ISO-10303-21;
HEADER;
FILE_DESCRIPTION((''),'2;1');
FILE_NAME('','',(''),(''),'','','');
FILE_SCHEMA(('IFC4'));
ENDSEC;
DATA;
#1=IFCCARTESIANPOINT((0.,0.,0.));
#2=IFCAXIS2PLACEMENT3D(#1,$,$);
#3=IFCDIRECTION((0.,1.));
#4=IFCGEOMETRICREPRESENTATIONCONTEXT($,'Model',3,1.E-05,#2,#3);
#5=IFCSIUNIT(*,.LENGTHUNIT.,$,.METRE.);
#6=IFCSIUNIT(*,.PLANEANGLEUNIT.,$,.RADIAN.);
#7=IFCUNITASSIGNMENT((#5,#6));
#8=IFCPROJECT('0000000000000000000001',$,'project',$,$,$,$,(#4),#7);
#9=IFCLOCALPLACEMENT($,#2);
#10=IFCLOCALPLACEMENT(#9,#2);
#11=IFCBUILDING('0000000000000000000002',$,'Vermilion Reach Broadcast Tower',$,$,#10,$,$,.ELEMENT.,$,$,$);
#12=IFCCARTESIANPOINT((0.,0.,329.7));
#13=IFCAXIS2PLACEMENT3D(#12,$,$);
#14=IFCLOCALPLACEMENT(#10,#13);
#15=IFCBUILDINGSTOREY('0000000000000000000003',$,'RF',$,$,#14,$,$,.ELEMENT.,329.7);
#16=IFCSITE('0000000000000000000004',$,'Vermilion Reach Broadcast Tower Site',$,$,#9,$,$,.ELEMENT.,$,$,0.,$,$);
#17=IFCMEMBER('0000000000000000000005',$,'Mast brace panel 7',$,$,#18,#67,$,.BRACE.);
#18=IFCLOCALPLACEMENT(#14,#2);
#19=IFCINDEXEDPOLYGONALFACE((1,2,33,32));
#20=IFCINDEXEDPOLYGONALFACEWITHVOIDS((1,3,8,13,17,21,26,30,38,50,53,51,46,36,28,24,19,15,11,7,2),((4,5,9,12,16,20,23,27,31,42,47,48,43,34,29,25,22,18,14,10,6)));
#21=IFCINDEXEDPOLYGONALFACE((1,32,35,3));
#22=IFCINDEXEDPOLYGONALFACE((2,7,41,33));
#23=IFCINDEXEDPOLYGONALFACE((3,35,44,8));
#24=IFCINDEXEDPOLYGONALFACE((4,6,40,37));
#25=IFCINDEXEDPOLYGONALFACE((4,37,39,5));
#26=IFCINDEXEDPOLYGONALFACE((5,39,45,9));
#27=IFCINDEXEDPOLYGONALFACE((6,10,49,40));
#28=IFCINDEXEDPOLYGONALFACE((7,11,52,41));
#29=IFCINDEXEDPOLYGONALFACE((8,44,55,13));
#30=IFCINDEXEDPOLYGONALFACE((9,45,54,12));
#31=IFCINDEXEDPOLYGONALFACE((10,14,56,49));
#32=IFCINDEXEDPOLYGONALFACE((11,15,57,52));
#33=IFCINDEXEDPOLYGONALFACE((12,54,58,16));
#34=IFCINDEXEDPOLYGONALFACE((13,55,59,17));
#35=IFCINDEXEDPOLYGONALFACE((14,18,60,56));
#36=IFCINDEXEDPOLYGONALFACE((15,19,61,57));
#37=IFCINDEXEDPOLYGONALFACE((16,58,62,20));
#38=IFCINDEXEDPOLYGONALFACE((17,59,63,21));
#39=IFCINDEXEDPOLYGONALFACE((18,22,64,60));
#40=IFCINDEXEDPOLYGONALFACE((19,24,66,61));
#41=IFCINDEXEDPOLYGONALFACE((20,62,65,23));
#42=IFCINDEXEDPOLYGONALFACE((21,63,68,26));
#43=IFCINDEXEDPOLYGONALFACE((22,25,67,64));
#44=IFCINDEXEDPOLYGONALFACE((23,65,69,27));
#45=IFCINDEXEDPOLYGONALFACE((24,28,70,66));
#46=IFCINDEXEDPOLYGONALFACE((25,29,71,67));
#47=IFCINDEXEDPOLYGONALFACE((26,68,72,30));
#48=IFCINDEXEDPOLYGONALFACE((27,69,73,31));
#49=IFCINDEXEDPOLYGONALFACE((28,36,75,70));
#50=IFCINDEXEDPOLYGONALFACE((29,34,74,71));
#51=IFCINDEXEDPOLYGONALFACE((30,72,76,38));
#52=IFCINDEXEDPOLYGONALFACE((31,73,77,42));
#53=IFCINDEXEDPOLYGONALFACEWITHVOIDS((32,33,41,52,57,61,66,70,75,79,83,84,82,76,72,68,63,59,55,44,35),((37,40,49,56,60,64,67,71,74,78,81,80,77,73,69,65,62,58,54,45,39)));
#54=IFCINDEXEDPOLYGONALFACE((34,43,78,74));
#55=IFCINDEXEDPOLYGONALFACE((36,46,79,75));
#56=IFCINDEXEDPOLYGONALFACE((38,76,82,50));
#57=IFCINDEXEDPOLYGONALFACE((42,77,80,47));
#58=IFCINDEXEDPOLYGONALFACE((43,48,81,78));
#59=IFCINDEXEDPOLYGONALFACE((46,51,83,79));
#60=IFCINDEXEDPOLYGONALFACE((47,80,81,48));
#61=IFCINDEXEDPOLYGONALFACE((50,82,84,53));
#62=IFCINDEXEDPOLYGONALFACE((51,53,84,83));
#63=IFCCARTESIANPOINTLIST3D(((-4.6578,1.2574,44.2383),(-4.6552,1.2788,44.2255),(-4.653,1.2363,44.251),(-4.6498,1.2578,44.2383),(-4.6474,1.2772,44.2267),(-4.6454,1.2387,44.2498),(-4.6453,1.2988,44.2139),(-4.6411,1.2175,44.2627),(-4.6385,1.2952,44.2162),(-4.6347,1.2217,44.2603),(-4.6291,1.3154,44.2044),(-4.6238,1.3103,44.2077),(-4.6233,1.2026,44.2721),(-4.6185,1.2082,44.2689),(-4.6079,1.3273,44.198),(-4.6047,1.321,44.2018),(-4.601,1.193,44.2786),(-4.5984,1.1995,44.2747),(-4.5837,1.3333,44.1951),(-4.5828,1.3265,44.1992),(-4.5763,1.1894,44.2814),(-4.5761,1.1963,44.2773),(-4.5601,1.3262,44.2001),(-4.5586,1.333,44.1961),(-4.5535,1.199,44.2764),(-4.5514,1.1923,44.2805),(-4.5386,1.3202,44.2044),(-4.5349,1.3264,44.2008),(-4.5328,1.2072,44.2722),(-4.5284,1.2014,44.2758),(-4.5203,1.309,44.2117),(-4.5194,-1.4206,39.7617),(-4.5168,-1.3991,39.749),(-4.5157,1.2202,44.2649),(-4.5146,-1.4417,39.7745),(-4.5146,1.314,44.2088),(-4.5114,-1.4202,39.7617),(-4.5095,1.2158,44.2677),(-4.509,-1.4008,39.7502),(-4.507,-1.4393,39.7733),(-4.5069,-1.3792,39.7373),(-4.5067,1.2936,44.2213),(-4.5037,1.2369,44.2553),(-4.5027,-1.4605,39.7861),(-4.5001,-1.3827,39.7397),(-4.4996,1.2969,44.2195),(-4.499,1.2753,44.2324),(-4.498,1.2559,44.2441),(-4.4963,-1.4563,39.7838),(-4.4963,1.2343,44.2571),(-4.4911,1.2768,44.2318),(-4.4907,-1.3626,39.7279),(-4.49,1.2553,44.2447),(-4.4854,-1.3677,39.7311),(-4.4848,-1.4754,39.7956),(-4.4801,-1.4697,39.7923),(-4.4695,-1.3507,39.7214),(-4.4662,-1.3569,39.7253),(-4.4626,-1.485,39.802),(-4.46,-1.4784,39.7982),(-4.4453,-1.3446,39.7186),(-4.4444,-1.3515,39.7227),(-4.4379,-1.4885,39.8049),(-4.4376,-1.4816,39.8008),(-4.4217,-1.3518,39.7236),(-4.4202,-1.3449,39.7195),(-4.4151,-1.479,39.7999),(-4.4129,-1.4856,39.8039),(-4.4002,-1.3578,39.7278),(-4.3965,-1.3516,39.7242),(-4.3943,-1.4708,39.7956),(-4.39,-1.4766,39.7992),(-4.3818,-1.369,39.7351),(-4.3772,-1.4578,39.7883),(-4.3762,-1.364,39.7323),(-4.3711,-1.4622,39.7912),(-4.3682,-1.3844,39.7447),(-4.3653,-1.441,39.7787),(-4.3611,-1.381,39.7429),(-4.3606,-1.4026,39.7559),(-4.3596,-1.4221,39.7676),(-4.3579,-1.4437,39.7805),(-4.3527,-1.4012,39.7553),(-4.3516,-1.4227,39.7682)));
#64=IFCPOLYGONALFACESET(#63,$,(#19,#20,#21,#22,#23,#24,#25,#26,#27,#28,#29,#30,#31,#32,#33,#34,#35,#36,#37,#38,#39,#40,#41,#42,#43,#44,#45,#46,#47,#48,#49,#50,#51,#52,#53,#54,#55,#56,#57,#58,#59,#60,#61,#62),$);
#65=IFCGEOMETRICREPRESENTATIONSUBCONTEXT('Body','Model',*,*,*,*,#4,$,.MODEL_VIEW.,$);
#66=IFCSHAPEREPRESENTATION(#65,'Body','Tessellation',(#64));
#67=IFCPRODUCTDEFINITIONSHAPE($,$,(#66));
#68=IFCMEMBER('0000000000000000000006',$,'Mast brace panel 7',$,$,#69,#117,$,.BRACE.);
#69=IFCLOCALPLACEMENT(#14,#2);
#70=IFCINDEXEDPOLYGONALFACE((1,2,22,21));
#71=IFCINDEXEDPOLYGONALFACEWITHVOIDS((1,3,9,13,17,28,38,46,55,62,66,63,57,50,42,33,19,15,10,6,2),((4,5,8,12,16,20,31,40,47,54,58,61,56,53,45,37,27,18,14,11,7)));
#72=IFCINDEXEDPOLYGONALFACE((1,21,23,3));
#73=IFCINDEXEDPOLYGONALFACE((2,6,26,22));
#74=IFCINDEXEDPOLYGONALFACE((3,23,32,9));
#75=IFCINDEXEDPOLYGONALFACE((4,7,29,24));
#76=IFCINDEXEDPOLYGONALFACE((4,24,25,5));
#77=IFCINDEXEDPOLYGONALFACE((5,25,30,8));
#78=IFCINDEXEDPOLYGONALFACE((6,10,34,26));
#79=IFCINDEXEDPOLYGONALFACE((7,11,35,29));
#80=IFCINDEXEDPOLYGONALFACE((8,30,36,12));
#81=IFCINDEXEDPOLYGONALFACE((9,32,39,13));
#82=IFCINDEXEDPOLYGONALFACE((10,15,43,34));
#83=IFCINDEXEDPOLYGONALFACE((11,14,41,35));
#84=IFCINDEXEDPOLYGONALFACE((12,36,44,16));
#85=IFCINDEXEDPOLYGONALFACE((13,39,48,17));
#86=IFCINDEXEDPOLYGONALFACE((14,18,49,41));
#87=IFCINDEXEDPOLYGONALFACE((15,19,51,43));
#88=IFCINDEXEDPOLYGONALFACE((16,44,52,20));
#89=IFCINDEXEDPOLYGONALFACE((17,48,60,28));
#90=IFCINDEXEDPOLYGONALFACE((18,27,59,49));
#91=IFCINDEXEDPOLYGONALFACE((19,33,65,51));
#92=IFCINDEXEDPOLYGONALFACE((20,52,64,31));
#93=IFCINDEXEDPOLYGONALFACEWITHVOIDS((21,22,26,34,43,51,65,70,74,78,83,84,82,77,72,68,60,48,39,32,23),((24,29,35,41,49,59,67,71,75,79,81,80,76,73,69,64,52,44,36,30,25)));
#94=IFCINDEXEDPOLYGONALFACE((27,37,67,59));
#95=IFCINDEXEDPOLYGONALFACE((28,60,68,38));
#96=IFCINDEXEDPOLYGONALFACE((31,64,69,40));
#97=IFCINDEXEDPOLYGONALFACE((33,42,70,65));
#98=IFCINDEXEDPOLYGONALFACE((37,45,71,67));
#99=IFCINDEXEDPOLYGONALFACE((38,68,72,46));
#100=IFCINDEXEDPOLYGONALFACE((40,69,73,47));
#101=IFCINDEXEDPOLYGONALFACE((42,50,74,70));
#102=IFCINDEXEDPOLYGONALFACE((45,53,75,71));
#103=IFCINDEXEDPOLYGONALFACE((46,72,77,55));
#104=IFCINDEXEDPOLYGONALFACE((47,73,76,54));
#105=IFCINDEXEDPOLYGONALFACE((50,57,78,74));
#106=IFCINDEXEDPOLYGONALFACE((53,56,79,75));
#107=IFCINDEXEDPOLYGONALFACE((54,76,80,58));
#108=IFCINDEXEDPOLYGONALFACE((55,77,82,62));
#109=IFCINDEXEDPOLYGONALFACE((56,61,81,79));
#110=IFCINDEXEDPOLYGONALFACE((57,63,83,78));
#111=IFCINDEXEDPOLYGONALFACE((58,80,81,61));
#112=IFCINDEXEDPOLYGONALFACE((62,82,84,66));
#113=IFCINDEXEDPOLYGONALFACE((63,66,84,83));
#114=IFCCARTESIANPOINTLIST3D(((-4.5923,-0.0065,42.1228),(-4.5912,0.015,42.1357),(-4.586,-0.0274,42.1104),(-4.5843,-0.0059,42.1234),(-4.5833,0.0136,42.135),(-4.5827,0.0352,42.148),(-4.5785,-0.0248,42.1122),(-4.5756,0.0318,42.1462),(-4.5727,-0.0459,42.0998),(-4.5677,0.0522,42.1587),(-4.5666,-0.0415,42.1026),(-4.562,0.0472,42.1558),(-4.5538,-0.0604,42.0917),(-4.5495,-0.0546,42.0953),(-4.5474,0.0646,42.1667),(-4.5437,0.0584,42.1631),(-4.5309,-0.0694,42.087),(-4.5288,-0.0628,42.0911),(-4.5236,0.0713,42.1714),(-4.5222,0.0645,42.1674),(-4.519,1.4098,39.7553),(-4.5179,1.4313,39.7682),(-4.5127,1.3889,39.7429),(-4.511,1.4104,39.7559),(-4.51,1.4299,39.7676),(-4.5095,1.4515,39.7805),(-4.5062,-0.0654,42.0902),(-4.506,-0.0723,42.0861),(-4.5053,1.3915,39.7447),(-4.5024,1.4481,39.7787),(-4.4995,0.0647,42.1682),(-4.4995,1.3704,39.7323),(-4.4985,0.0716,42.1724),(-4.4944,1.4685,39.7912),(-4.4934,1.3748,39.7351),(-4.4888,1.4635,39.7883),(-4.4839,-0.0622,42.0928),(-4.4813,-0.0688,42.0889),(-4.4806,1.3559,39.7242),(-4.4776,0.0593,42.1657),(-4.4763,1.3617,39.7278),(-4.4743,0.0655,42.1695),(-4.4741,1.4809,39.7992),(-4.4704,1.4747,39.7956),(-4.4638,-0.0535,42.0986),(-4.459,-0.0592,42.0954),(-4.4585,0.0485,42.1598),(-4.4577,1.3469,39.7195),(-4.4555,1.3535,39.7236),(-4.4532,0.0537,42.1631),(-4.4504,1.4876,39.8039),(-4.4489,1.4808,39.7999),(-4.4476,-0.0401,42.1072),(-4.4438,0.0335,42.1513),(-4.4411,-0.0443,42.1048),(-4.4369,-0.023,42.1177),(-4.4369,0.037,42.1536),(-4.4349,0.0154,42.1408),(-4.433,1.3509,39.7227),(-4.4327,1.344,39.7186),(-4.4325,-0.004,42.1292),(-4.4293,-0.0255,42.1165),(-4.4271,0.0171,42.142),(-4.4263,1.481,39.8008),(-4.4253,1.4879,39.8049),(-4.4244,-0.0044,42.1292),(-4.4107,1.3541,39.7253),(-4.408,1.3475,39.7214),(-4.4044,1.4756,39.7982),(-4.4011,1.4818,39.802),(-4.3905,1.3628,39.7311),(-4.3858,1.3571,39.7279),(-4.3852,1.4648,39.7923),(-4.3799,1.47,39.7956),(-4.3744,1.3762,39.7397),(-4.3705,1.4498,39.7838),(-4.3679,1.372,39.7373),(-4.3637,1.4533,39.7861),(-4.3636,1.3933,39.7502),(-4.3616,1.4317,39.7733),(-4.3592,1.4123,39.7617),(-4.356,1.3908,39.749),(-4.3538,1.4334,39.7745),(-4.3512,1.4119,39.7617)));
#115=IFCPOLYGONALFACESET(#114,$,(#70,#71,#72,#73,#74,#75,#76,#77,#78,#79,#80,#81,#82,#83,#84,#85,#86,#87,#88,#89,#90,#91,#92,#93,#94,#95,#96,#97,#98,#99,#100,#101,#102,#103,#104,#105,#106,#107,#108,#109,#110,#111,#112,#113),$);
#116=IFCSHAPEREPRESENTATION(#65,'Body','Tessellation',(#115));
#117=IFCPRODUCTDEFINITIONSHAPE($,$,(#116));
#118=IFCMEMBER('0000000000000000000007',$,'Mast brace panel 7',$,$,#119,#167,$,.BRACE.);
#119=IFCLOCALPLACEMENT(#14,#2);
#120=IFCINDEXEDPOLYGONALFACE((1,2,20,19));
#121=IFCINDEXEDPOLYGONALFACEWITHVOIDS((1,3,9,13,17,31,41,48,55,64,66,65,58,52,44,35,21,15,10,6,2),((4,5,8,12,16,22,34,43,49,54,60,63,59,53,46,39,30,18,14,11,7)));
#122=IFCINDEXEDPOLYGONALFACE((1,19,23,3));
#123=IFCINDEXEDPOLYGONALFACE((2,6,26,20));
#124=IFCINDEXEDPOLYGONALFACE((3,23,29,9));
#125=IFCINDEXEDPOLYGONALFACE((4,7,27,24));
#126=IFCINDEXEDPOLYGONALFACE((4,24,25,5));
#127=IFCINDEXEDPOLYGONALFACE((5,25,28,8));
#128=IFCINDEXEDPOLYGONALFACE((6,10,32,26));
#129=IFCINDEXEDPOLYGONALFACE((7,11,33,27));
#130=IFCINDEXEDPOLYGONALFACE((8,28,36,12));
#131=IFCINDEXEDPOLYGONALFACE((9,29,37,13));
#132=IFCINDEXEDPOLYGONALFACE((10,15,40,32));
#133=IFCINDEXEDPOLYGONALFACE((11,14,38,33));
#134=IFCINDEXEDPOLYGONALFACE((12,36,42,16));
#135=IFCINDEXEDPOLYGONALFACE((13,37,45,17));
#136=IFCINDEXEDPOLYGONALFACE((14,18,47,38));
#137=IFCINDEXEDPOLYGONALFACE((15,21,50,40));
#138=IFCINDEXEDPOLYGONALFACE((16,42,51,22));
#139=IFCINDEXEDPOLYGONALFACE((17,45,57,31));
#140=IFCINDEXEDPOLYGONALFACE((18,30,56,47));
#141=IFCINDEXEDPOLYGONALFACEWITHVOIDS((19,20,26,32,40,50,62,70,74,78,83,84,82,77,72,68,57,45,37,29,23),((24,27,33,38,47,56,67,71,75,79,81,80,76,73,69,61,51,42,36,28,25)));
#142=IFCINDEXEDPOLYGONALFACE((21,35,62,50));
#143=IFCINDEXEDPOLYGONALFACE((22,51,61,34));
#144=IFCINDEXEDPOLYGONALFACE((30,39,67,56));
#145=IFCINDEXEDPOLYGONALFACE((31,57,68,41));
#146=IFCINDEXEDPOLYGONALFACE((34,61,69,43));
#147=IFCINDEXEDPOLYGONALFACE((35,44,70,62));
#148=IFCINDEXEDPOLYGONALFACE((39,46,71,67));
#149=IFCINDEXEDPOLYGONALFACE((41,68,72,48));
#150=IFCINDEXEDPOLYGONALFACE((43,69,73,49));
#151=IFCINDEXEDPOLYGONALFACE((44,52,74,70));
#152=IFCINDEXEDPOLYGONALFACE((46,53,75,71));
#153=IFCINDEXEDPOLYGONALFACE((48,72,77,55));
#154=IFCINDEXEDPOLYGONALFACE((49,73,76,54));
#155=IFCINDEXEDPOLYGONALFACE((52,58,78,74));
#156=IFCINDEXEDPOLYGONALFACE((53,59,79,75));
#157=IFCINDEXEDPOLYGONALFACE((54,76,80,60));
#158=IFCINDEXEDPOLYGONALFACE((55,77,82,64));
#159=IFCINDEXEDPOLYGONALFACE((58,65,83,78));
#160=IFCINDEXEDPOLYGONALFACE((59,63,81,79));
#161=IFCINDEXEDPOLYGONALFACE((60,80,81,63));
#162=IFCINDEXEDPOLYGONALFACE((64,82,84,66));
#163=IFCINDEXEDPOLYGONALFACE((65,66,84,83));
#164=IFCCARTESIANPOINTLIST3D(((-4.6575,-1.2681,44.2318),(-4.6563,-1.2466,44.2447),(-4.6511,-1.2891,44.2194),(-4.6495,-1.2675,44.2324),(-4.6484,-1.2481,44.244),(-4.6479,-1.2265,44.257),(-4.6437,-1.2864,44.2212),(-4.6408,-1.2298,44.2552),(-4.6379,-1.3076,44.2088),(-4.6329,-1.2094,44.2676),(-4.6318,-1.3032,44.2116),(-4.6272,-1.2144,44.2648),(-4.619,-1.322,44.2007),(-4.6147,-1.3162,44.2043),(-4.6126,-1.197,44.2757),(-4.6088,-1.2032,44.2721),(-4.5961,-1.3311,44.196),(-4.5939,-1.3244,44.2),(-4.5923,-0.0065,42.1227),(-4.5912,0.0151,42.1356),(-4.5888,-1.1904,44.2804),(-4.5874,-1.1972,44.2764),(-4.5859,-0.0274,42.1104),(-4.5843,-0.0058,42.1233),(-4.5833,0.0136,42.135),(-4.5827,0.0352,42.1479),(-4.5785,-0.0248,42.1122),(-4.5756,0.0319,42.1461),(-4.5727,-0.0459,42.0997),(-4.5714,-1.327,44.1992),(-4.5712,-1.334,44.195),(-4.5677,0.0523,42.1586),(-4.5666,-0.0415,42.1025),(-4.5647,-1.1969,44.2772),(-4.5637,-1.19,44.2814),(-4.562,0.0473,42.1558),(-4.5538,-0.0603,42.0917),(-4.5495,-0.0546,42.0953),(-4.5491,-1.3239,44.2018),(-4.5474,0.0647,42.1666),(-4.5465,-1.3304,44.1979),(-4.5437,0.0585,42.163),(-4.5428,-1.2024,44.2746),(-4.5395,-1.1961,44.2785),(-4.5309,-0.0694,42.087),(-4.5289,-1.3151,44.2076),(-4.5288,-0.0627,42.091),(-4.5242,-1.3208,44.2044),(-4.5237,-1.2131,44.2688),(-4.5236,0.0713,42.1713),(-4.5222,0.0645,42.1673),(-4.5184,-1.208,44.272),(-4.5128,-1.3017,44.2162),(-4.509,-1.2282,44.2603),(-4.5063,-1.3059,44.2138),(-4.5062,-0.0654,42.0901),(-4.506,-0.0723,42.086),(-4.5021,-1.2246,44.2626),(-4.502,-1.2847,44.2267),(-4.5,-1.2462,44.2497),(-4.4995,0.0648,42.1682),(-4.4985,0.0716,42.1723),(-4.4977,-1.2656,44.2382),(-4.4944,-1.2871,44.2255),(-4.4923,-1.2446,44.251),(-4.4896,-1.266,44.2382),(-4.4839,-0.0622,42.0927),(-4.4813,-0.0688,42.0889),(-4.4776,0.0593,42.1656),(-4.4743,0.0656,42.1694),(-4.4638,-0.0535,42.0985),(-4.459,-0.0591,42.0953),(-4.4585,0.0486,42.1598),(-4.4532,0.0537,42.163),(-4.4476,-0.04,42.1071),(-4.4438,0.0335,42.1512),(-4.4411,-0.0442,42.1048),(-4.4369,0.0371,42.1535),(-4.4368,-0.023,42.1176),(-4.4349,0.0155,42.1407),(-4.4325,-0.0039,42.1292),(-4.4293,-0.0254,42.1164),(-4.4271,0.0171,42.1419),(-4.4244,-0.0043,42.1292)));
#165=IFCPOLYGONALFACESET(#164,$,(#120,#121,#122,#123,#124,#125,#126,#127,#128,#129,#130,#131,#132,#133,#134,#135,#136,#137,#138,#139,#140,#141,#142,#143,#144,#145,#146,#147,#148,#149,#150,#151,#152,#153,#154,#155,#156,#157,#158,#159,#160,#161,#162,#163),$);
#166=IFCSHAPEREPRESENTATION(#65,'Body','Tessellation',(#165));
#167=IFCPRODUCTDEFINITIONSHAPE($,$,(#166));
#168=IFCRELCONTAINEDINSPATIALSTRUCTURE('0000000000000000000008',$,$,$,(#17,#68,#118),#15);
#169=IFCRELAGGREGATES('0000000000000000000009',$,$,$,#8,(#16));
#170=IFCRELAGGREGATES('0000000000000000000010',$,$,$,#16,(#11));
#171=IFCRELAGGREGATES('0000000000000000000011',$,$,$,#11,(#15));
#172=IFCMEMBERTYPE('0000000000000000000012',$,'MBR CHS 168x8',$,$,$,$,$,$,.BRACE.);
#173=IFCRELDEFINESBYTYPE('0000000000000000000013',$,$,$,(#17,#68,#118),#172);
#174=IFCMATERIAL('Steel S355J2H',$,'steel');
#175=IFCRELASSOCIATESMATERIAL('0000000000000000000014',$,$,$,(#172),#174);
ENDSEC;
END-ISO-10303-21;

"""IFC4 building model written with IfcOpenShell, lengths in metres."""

from ifc_helpers import new_model, si_unit, direction, frame, origin, origin_2d, place, context, subcontext, project, spatial, hollow_circle, extrude, material, material_profile, profile_set, type_object, element, save


model = new_model("IFC4")

# Units and contexts
model_context = context("Model", 3, precision=1e-05, world=origin(), true_north=direction((0.0, 1.0)))
body_context = subcontext(model_context, "Body", "Model", "MODEL_VIEW")
ifc_project = project(units=[si_unit("LENGTHUNIT", "METRE"), si_unit("PLANEANGLEUNIT", "RADIAN")], contexts=[model_context])

# Site, building, storey
site_placement = place(None, origin())
site = spatial("IfcSite", under=ifc_project, at=site_placement, Name="Vermilion Reach Broadcast Tower Site", CompositionType="ELEMENT", RefElevation=0.0)
building_placement = place(site_placement, origin())
building = spatial("IfcBuilding", under=site, at=building_placement, Name="Vermilion Reach Broadcast Tower", CompositionType="ELEMENT")
storey_placement = place(building_placement, frame((0.0, 0.0, 329.7)))
storey = spatial("IfcBuildingStorey", under=building, at=storey_placement, Name="RF", CompositionType="ELEMENT", Elevation=329.7)

# Members
ifc_material = material(Name="Steel S355J2H", Category="steel")
ifc_material_profile = material_profile(ifc_material, hollow_circle(Radius=0.0842, WallThickness=0.0081, at=origin_2d()), Name="S355J2H CHS 168x8")
ifc_profile_set = profile_set([ifc_material_profile], Name="Steel S355J2H")
member_type = type_object("IfcMemberType", Name="MBR CHS 168x8", PredefinedType="BRACE", material=ifc_profile_set)
member_1_placement = place(storey_placement, frame((-4.4353, -1.4163, 39.7617), z_axis=(-0.026528, 0.513193, 0.857863), x_axis=(-0.998667, -0.051622, 0.0)))
element("IfcMember", 1, at=member_1_placement, inside=storey, type_object=member_type, Name="Mast brace panel 7", PredefinedType="BRACE", context=body_context, shape_type="SweptSolid", body=[
    extrude(hollow_circle(Radius=0.0842, WallThickness=0.0081, at=origin_2d()), origin(), (0.0, 0.0, 1.0), 5.2183),
])
member_2_placement = place(storey_placement, frame((-4.4353, 1.4163, 39.7617), z_axis=(-0.02654, -0.513195, 0.857861), x_axis=(0.998665, -0.051646, 0.0)))
element("IfcMember", 2, at=member_2_placement, inside=storey, type_object=member_type, Name="Mast brace panel 7", PredefinedType="BRACE", context=body_context, shape_type="SweptSolid", body=[
    extrude(hollow_circle(Radius=0.0842, WallThickness=0.0081, at=origin_2d()), origin(), (0.0, 0.0, 1.0), 2.7598),
])
member_3_placement = place(storey_placement, frame((-4.5085, 0.0, 42.1292), z_axis=(-0.026513, -0.51319, 0.857865), x_axis=(0.998668, -0.051595, 0.0)))
element("IfcMember", 3, at=member_3_placement, inside=storey, type_object=member_type, Name="Mast brace panel 7", PredefinedType="BRACE", context=body_context, shape_type="SweptSolid", body=[
    extrude(hollow_circle(Radius=0.0842, WallThickness=0.0081, at=origin_2d()), origin(), (0.0, 0.0, 1.0), 2.4585),
])

save(model, "model.ifc")
